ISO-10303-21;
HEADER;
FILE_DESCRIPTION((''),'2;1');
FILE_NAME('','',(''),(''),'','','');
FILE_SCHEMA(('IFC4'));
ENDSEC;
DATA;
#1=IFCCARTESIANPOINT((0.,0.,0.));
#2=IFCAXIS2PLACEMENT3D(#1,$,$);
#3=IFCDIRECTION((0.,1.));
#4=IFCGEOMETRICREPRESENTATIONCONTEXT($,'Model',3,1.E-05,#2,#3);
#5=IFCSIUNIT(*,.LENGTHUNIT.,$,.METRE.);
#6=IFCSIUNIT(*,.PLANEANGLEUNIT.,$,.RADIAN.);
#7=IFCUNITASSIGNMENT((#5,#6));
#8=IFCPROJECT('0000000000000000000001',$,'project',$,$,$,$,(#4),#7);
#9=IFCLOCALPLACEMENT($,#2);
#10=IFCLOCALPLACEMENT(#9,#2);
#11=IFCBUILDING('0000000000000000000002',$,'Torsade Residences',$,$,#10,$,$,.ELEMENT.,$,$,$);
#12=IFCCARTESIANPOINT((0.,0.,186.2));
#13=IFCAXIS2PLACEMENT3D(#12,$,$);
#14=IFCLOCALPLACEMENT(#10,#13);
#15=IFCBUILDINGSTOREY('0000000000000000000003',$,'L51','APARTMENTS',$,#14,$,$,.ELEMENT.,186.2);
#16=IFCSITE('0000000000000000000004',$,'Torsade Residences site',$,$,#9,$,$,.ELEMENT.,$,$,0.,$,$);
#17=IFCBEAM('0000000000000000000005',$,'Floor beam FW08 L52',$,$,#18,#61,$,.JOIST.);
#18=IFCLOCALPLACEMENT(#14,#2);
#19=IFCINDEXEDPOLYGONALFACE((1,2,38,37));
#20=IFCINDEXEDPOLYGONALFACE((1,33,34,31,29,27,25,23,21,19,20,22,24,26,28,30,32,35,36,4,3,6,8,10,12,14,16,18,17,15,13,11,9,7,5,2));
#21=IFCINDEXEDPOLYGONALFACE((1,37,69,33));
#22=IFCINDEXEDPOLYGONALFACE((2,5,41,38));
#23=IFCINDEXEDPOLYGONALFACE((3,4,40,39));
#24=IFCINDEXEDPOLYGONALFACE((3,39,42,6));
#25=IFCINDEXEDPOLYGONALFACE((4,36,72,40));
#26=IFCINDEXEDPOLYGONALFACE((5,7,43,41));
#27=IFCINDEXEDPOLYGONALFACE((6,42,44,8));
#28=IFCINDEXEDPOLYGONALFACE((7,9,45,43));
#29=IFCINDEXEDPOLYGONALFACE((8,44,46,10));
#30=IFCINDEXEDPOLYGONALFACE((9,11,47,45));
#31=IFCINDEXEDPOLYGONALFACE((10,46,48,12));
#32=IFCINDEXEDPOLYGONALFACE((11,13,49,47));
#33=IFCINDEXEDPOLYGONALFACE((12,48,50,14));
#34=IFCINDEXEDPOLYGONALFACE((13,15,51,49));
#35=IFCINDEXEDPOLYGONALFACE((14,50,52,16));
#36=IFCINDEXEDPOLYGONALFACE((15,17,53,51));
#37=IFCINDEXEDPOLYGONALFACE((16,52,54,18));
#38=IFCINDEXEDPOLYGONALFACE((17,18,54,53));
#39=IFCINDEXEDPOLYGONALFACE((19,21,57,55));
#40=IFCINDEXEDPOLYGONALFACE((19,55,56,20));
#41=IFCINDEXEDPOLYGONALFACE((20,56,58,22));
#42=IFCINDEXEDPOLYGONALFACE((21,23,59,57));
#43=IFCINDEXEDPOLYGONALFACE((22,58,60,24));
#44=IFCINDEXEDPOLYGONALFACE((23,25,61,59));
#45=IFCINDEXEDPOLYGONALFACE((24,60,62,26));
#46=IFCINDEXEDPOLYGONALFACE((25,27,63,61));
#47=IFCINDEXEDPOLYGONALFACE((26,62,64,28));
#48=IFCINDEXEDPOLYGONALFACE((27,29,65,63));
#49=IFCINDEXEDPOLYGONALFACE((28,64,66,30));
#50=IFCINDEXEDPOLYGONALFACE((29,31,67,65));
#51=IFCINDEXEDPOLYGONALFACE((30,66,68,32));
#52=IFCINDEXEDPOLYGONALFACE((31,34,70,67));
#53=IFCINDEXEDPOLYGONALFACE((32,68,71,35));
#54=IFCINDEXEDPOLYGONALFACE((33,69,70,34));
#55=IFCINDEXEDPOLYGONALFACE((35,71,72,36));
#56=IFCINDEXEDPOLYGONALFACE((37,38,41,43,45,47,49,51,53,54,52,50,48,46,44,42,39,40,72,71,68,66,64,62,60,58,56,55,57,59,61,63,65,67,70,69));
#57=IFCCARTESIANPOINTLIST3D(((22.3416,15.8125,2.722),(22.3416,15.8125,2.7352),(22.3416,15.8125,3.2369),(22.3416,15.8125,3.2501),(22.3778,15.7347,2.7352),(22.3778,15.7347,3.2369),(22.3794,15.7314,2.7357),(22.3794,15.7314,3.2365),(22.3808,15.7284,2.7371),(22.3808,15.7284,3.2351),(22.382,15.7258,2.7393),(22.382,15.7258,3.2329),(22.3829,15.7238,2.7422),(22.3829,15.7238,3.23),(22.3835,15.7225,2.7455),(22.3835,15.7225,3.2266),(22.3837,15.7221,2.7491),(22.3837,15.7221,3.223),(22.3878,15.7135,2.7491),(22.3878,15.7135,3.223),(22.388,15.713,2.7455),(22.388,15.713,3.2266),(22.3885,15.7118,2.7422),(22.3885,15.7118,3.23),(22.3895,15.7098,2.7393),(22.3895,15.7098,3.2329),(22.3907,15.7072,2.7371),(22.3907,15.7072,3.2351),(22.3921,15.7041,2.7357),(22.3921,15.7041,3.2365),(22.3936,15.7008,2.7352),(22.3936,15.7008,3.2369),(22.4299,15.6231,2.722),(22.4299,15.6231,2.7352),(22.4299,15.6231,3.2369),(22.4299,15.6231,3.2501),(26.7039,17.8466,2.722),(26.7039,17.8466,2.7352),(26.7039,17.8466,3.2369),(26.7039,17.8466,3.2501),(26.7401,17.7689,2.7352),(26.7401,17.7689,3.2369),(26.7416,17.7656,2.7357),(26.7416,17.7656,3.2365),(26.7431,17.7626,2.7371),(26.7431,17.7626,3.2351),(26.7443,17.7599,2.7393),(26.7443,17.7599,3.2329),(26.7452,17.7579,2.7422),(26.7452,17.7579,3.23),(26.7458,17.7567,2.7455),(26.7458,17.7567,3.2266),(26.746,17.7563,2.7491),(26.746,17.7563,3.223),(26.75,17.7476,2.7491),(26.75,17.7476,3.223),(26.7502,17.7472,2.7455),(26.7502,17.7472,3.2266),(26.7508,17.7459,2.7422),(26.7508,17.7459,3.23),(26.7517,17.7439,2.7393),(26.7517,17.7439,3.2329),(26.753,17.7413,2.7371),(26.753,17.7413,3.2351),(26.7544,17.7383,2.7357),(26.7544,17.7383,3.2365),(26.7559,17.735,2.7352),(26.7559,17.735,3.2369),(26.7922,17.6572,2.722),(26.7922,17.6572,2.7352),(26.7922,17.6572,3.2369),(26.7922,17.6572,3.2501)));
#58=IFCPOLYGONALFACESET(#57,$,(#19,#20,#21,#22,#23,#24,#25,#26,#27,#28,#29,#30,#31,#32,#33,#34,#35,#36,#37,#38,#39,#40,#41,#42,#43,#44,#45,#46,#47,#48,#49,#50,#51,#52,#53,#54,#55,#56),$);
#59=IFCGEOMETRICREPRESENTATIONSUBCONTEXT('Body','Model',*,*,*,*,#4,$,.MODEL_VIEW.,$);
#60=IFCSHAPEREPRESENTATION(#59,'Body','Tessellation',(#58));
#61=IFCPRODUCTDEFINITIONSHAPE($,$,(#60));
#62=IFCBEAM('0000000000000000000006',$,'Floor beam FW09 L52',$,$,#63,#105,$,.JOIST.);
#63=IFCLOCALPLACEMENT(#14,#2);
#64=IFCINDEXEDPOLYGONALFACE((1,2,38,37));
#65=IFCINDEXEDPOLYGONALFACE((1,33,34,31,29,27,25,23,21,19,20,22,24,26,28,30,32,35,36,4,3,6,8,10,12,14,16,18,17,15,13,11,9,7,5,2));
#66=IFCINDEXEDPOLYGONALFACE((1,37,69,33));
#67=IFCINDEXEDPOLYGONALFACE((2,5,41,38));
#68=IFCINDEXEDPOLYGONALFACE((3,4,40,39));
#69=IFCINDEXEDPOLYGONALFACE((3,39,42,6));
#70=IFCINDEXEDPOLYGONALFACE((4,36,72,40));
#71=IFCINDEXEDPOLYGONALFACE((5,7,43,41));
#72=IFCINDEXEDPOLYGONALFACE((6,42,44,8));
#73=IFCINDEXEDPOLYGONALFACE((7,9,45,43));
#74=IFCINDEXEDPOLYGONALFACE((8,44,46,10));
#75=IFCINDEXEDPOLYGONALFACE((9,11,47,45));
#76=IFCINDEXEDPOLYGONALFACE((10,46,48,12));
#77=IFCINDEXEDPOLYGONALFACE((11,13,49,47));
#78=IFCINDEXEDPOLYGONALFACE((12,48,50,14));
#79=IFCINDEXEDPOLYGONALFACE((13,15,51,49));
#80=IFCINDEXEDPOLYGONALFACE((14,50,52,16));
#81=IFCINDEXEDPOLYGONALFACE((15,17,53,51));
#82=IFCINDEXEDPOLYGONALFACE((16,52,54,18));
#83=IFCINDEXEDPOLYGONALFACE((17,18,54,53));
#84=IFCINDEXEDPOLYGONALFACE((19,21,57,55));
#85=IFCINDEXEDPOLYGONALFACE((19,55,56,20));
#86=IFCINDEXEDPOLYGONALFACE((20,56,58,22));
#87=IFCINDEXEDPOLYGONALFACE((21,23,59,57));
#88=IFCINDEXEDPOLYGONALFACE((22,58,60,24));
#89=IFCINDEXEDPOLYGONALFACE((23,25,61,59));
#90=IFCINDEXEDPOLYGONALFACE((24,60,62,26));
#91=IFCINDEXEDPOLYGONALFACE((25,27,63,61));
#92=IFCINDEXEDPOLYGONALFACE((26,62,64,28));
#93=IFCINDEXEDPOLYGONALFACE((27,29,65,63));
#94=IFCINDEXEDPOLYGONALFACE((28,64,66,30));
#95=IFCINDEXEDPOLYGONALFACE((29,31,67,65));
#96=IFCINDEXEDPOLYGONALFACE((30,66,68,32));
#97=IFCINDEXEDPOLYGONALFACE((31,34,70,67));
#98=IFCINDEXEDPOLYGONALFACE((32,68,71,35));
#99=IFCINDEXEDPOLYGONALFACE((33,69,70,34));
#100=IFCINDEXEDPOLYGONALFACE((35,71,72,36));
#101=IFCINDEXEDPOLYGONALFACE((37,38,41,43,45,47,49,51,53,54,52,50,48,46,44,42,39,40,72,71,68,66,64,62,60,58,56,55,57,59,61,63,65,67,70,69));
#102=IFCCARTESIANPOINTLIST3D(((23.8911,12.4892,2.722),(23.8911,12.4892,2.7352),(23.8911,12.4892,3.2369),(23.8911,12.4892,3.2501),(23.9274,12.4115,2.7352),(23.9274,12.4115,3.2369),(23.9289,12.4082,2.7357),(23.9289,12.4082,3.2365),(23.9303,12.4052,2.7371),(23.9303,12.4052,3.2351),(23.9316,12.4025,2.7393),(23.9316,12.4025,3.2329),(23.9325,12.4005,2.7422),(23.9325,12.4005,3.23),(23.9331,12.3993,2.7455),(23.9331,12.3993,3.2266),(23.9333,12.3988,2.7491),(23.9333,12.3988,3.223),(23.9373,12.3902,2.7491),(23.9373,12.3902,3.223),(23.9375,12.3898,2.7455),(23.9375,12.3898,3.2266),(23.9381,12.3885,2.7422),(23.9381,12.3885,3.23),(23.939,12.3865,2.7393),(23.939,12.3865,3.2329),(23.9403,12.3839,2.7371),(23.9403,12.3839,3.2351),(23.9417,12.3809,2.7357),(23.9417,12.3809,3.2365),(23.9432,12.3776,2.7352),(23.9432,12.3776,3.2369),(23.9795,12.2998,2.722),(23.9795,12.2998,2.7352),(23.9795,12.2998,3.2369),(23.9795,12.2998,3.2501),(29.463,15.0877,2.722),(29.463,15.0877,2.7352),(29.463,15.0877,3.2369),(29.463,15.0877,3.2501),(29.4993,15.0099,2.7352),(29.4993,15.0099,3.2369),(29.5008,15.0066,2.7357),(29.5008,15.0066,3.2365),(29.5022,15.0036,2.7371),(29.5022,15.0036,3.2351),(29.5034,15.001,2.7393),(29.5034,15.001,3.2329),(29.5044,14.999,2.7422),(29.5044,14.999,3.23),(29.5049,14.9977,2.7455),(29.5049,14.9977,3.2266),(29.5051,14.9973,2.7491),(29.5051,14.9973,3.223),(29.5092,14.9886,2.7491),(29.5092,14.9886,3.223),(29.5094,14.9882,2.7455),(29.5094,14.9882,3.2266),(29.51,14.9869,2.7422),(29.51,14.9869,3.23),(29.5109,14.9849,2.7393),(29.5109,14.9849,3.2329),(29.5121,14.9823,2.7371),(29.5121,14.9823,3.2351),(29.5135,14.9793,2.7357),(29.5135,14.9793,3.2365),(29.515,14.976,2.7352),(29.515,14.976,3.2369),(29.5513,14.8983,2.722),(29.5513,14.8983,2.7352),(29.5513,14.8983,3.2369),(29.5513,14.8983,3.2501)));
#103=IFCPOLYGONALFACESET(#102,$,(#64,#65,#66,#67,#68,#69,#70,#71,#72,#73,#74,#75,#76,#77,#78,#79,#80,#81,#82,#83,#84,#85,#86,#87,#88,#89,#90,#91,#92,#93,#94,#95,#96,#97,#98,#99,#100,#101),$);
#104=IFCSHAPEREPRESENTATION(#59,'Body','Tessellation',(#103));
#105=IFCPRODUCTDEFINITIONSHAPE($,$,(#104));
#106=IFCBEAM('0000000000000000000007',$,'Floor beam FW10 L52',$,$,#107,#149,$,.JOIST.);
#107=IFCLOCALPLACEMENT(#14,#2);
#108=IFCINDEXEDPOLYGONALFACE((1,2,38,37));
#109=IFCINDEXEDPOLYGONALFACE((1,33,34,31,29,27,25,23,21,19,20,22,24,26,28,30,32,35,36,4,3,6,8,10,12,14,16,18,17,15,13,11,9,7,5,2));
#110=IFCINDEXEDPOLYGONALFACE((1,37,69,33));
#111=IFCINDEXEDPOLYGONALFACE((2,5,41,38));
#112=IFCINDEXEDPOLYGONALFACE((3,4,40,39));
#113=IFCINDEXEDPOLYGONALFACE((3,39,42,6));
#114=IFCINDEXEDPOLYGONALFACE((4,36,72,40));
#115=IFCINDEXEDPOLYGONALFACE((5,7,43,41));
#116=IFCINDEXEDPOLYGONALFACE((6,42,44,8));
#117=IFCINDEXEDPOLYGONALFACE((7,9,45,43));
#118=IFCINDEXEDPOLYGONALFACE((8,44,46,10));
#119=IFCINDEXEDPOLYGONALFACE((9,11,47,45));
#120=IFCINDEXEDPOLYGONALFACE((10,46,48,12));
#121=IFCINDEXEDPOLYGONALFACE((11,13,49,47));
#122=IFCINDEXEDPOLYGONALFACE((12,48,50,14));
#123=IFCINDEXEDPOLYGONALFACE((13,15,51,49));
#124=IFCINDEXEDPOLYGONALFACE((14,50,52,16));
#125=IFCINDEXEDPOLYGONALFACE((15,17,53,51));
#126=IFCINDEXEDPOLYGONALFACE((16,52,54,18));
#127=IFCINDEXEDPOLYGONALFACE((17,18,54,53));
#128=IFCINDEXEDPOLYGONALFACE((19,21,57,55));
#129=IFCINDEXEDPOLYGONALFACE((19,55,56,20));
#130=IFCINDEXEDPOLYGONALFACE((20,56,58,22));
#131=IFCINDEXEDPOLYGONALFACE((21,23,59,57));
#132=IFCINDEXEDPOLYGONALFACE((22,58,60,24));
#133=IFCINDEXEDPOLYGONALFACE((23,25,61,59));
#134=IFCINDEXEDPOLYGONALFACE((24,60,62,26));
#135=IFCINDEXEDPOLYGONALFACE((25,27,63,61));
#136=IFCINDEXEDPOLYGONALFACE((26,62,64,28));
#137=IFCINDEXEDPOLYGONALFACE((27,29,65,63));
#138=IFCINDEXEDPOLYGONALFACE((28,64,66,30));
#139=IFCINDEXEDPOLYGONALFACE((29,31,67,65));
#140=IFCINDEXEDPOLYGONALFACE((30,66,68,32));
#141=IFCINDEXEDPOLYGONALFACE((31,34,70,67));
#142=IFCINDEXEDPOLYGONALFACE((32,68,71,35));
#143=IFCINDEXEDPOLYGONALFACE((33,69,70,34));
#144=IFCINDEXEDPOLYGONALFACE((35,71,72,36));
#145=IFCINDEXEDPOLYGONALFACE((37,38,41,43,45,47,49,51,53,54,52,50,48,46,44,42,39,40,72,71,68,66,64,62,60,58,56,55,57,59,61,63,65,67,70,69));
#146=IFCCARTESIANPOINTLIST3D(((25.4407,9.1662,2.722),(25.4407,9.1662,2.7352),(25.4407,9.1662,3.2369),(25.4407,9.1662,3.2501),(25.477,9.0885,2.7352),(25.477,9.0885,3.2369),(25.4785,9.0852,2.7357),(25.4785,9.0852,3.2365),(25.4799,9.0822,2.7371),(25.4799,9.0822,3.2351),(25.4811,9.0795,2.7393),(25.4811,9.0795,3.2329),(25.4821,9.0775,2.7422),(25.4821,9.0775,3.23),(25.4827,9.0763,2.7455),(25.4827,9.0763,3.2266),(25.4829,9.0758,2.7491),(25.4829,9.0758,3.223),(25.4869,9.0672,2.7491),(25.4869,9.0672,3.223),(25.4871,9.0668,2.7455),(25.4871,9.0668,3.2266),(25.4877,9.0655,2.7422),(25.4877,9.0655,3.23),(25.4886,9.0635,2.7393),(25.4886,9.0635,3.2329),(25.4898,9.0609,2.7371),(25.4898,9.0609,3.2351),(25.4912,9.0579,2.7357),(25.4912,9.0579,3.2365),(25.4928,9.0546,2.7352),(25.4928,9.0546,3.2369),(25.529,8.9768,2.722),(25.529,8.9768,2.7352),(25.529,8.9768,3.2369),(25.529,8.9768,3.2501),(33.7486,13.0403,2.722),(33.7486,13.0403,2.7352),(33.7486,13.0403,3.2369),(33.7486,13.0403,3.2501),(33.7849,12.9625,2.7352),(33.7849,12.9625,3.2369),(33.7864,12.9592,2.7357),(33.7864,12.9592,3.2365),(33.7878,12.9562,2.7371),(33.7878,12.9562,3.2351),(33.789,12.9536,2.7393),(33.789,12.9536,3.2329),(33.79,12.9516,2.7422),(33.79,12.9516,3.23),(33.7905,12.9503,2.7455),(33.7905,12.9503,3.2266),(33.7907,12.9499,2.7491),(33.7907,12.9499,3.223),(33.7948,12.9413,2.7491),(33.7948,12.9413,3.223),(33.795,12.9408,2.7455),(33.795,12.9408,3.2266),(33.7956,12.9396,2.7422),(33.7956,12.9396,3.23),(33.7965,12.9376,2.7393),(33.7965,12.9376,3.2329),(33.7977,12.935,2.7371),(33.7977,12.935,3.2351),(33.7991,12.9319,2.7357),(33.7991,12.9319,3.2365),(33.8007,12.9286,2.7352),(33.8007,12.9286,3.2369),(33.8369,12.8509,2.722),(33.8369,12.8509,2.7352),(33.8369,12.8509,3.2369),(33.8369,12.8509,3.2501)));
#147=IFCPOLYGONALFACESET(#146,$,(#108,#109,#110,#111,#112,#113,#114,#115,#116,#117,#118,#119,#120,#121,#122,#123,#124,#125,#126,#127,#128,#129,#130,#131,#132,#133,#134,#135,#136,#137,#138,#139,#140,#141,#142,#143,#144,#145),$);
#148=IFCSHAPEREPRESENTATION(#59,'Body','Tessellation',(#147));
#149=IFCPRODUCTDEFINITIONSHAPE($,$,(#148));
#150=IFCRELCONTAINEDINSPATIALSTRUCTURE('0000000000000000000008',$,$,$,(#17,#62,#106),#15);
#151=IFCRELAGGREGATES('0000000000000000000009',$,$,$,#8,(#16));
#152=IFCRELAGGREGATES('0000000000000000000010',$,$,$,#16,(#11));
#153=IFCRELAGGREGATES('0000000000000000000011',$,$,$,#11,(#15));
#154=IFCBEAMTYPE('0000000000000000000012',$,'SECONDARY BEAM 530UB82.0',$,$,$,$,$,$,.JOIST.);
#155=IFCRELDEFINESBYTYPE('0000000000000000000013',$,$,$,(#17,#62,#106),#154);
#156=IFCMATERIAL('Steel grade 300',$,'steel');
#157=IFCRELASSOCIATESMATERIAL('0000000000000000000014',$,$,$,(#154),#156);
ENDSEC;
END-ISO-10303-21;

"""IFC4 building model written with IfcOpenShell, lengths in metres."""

from ifc_helpers import new_model, si_unit, direction, frame, origin, origin_2d, place, context, subcontext, project, spatial, i_section, extrude, material, material_profile, profile_set, type_object, element, save


model = new_model("IFC4")

# Units and contexts
model_context = context("Model", 3, precision=1e-05, world=origin(), true_north=direction((0.0, 1.0)))
body_context = subcontext(model_context, "Body", "Model", "MODEL_VIEW")
ifc_project = project(units=[si_unit("LENGTHUNIT", "METRE"), si_unit("PLANEANGLEUNIT", "RADIAN")], contexts=[model_context])

# Site, building, storey
site_placement = place(None, origin())
site = spatial("IfcSite", under=ifc_project, at=site_placement, Name="Torsade Residences site", CompositionType="ELEMENT", RefElevation=0.0)
building_placement = place(site_placement, origin())
building = spatial("IfcBuilding", under=site, at=building_placement, Name="Torsade Residences", CompositionType="ELEMENT")
storey_placement = place(building_placement, frame((0.0, 0.0, 186.2)))
storey = spatial("IfcBuildingStorey", under=building, at=storey_placement, Name="L51", Description="APARTMENTS", CompositionType="ELEMENT", Elevation=186.2)

# Beams
ifc_material_1 = material(Name="Steel grade 300", Category="steel")
ifc_material_profile_1 = material_profile(ifc_material_1, i_section(OverallWidth=0.209, OverallDepth=0.5281, WebThickness=0.0095, FlangeThickness=0.0132, FilletRadius=0.0139, at=origin_2d()), Name="530UB82.0")
ifc_profile_set_1 = profile_set([ifc_material_profile_1], Name="Steel grade 300")
beam_type_1 = type_object("IfcBeamType", Name="SECONDARY BEAM 530UB82.0", PredefinedType="JOIST", material=ifc_profile_set_1)
beam_1_placement = place(storey_placement, frame((22.3857, 15.7178, 2.9861), z_axis=(0.906308, 0.422619, 0.0), x_axis=(-0.422619, 0.906308, 0.0)))
element("IfcBeam", 1, at=beam_1_placement, inside=storey, type_object=beam_type_1, Name="Floor beam FW08 L52", PredefinedType="JOIST", context=body_context, shape_type="SweptSolid", body=[
    extrude(i_section(OverallWidth=0.209, OverallDepth=0.5281, WebThickness=0.0095, FlangeThickness=0.0132, FilletRadius=0.0139, at=origin_2d()), origin(), (0.0, 0.0, 1.0), 4.8132),
])
beam_2_placement = place(storey_placement, frame((23.9353, 12.3945, 2.9861), z_axis=(0.906294, 0.422648, 0.0), x_axis=(-0.422648, 0.906294, 0.0)))
element("IfcBeam", 2, at=beam_2_placement, inside=storey, type_object=beam_type_1, Name="Floor beam FW09 L52", PredefinedType="JOIST", context=body_context, shape_type="SweptSolid", body=[
    extrude(i_section(OverallWidth=0.209, OverallDepth=0.5281, WebThickness=0.0095, FlangeThickness=0.0132, FilletRadius=0.0139, at=origin_2d()), origin(), (0.0, 0.0, 1.0), 6.1479),
])
beam_3_placement = place(storey_placement, frame((25.4849, 9.0715, 2.9861), z_axis=(0.906308, 0.422619, 0.0), x_axis=(-0.422619, 0.906308, 0.0)))
element("IfcBeam", 3, at=beam_3_placement, inside=storey, type_object=beam_type_1, Name="Floor beam FW10 L52", PredefinedType="JOIST", context=body_context, shape_type="SweptSolid", body=[
    extrude(i_section(OverallWidth=0.209, OverallDepth=0.5281, WebThickness=0.0095, FlangeThickness=0.0132, FilletRadius=0.0139, at=origin_2d()), origin(), (0.0, 0.0, 1.0), 9.1667),
])

save(model, "model.ifc")
